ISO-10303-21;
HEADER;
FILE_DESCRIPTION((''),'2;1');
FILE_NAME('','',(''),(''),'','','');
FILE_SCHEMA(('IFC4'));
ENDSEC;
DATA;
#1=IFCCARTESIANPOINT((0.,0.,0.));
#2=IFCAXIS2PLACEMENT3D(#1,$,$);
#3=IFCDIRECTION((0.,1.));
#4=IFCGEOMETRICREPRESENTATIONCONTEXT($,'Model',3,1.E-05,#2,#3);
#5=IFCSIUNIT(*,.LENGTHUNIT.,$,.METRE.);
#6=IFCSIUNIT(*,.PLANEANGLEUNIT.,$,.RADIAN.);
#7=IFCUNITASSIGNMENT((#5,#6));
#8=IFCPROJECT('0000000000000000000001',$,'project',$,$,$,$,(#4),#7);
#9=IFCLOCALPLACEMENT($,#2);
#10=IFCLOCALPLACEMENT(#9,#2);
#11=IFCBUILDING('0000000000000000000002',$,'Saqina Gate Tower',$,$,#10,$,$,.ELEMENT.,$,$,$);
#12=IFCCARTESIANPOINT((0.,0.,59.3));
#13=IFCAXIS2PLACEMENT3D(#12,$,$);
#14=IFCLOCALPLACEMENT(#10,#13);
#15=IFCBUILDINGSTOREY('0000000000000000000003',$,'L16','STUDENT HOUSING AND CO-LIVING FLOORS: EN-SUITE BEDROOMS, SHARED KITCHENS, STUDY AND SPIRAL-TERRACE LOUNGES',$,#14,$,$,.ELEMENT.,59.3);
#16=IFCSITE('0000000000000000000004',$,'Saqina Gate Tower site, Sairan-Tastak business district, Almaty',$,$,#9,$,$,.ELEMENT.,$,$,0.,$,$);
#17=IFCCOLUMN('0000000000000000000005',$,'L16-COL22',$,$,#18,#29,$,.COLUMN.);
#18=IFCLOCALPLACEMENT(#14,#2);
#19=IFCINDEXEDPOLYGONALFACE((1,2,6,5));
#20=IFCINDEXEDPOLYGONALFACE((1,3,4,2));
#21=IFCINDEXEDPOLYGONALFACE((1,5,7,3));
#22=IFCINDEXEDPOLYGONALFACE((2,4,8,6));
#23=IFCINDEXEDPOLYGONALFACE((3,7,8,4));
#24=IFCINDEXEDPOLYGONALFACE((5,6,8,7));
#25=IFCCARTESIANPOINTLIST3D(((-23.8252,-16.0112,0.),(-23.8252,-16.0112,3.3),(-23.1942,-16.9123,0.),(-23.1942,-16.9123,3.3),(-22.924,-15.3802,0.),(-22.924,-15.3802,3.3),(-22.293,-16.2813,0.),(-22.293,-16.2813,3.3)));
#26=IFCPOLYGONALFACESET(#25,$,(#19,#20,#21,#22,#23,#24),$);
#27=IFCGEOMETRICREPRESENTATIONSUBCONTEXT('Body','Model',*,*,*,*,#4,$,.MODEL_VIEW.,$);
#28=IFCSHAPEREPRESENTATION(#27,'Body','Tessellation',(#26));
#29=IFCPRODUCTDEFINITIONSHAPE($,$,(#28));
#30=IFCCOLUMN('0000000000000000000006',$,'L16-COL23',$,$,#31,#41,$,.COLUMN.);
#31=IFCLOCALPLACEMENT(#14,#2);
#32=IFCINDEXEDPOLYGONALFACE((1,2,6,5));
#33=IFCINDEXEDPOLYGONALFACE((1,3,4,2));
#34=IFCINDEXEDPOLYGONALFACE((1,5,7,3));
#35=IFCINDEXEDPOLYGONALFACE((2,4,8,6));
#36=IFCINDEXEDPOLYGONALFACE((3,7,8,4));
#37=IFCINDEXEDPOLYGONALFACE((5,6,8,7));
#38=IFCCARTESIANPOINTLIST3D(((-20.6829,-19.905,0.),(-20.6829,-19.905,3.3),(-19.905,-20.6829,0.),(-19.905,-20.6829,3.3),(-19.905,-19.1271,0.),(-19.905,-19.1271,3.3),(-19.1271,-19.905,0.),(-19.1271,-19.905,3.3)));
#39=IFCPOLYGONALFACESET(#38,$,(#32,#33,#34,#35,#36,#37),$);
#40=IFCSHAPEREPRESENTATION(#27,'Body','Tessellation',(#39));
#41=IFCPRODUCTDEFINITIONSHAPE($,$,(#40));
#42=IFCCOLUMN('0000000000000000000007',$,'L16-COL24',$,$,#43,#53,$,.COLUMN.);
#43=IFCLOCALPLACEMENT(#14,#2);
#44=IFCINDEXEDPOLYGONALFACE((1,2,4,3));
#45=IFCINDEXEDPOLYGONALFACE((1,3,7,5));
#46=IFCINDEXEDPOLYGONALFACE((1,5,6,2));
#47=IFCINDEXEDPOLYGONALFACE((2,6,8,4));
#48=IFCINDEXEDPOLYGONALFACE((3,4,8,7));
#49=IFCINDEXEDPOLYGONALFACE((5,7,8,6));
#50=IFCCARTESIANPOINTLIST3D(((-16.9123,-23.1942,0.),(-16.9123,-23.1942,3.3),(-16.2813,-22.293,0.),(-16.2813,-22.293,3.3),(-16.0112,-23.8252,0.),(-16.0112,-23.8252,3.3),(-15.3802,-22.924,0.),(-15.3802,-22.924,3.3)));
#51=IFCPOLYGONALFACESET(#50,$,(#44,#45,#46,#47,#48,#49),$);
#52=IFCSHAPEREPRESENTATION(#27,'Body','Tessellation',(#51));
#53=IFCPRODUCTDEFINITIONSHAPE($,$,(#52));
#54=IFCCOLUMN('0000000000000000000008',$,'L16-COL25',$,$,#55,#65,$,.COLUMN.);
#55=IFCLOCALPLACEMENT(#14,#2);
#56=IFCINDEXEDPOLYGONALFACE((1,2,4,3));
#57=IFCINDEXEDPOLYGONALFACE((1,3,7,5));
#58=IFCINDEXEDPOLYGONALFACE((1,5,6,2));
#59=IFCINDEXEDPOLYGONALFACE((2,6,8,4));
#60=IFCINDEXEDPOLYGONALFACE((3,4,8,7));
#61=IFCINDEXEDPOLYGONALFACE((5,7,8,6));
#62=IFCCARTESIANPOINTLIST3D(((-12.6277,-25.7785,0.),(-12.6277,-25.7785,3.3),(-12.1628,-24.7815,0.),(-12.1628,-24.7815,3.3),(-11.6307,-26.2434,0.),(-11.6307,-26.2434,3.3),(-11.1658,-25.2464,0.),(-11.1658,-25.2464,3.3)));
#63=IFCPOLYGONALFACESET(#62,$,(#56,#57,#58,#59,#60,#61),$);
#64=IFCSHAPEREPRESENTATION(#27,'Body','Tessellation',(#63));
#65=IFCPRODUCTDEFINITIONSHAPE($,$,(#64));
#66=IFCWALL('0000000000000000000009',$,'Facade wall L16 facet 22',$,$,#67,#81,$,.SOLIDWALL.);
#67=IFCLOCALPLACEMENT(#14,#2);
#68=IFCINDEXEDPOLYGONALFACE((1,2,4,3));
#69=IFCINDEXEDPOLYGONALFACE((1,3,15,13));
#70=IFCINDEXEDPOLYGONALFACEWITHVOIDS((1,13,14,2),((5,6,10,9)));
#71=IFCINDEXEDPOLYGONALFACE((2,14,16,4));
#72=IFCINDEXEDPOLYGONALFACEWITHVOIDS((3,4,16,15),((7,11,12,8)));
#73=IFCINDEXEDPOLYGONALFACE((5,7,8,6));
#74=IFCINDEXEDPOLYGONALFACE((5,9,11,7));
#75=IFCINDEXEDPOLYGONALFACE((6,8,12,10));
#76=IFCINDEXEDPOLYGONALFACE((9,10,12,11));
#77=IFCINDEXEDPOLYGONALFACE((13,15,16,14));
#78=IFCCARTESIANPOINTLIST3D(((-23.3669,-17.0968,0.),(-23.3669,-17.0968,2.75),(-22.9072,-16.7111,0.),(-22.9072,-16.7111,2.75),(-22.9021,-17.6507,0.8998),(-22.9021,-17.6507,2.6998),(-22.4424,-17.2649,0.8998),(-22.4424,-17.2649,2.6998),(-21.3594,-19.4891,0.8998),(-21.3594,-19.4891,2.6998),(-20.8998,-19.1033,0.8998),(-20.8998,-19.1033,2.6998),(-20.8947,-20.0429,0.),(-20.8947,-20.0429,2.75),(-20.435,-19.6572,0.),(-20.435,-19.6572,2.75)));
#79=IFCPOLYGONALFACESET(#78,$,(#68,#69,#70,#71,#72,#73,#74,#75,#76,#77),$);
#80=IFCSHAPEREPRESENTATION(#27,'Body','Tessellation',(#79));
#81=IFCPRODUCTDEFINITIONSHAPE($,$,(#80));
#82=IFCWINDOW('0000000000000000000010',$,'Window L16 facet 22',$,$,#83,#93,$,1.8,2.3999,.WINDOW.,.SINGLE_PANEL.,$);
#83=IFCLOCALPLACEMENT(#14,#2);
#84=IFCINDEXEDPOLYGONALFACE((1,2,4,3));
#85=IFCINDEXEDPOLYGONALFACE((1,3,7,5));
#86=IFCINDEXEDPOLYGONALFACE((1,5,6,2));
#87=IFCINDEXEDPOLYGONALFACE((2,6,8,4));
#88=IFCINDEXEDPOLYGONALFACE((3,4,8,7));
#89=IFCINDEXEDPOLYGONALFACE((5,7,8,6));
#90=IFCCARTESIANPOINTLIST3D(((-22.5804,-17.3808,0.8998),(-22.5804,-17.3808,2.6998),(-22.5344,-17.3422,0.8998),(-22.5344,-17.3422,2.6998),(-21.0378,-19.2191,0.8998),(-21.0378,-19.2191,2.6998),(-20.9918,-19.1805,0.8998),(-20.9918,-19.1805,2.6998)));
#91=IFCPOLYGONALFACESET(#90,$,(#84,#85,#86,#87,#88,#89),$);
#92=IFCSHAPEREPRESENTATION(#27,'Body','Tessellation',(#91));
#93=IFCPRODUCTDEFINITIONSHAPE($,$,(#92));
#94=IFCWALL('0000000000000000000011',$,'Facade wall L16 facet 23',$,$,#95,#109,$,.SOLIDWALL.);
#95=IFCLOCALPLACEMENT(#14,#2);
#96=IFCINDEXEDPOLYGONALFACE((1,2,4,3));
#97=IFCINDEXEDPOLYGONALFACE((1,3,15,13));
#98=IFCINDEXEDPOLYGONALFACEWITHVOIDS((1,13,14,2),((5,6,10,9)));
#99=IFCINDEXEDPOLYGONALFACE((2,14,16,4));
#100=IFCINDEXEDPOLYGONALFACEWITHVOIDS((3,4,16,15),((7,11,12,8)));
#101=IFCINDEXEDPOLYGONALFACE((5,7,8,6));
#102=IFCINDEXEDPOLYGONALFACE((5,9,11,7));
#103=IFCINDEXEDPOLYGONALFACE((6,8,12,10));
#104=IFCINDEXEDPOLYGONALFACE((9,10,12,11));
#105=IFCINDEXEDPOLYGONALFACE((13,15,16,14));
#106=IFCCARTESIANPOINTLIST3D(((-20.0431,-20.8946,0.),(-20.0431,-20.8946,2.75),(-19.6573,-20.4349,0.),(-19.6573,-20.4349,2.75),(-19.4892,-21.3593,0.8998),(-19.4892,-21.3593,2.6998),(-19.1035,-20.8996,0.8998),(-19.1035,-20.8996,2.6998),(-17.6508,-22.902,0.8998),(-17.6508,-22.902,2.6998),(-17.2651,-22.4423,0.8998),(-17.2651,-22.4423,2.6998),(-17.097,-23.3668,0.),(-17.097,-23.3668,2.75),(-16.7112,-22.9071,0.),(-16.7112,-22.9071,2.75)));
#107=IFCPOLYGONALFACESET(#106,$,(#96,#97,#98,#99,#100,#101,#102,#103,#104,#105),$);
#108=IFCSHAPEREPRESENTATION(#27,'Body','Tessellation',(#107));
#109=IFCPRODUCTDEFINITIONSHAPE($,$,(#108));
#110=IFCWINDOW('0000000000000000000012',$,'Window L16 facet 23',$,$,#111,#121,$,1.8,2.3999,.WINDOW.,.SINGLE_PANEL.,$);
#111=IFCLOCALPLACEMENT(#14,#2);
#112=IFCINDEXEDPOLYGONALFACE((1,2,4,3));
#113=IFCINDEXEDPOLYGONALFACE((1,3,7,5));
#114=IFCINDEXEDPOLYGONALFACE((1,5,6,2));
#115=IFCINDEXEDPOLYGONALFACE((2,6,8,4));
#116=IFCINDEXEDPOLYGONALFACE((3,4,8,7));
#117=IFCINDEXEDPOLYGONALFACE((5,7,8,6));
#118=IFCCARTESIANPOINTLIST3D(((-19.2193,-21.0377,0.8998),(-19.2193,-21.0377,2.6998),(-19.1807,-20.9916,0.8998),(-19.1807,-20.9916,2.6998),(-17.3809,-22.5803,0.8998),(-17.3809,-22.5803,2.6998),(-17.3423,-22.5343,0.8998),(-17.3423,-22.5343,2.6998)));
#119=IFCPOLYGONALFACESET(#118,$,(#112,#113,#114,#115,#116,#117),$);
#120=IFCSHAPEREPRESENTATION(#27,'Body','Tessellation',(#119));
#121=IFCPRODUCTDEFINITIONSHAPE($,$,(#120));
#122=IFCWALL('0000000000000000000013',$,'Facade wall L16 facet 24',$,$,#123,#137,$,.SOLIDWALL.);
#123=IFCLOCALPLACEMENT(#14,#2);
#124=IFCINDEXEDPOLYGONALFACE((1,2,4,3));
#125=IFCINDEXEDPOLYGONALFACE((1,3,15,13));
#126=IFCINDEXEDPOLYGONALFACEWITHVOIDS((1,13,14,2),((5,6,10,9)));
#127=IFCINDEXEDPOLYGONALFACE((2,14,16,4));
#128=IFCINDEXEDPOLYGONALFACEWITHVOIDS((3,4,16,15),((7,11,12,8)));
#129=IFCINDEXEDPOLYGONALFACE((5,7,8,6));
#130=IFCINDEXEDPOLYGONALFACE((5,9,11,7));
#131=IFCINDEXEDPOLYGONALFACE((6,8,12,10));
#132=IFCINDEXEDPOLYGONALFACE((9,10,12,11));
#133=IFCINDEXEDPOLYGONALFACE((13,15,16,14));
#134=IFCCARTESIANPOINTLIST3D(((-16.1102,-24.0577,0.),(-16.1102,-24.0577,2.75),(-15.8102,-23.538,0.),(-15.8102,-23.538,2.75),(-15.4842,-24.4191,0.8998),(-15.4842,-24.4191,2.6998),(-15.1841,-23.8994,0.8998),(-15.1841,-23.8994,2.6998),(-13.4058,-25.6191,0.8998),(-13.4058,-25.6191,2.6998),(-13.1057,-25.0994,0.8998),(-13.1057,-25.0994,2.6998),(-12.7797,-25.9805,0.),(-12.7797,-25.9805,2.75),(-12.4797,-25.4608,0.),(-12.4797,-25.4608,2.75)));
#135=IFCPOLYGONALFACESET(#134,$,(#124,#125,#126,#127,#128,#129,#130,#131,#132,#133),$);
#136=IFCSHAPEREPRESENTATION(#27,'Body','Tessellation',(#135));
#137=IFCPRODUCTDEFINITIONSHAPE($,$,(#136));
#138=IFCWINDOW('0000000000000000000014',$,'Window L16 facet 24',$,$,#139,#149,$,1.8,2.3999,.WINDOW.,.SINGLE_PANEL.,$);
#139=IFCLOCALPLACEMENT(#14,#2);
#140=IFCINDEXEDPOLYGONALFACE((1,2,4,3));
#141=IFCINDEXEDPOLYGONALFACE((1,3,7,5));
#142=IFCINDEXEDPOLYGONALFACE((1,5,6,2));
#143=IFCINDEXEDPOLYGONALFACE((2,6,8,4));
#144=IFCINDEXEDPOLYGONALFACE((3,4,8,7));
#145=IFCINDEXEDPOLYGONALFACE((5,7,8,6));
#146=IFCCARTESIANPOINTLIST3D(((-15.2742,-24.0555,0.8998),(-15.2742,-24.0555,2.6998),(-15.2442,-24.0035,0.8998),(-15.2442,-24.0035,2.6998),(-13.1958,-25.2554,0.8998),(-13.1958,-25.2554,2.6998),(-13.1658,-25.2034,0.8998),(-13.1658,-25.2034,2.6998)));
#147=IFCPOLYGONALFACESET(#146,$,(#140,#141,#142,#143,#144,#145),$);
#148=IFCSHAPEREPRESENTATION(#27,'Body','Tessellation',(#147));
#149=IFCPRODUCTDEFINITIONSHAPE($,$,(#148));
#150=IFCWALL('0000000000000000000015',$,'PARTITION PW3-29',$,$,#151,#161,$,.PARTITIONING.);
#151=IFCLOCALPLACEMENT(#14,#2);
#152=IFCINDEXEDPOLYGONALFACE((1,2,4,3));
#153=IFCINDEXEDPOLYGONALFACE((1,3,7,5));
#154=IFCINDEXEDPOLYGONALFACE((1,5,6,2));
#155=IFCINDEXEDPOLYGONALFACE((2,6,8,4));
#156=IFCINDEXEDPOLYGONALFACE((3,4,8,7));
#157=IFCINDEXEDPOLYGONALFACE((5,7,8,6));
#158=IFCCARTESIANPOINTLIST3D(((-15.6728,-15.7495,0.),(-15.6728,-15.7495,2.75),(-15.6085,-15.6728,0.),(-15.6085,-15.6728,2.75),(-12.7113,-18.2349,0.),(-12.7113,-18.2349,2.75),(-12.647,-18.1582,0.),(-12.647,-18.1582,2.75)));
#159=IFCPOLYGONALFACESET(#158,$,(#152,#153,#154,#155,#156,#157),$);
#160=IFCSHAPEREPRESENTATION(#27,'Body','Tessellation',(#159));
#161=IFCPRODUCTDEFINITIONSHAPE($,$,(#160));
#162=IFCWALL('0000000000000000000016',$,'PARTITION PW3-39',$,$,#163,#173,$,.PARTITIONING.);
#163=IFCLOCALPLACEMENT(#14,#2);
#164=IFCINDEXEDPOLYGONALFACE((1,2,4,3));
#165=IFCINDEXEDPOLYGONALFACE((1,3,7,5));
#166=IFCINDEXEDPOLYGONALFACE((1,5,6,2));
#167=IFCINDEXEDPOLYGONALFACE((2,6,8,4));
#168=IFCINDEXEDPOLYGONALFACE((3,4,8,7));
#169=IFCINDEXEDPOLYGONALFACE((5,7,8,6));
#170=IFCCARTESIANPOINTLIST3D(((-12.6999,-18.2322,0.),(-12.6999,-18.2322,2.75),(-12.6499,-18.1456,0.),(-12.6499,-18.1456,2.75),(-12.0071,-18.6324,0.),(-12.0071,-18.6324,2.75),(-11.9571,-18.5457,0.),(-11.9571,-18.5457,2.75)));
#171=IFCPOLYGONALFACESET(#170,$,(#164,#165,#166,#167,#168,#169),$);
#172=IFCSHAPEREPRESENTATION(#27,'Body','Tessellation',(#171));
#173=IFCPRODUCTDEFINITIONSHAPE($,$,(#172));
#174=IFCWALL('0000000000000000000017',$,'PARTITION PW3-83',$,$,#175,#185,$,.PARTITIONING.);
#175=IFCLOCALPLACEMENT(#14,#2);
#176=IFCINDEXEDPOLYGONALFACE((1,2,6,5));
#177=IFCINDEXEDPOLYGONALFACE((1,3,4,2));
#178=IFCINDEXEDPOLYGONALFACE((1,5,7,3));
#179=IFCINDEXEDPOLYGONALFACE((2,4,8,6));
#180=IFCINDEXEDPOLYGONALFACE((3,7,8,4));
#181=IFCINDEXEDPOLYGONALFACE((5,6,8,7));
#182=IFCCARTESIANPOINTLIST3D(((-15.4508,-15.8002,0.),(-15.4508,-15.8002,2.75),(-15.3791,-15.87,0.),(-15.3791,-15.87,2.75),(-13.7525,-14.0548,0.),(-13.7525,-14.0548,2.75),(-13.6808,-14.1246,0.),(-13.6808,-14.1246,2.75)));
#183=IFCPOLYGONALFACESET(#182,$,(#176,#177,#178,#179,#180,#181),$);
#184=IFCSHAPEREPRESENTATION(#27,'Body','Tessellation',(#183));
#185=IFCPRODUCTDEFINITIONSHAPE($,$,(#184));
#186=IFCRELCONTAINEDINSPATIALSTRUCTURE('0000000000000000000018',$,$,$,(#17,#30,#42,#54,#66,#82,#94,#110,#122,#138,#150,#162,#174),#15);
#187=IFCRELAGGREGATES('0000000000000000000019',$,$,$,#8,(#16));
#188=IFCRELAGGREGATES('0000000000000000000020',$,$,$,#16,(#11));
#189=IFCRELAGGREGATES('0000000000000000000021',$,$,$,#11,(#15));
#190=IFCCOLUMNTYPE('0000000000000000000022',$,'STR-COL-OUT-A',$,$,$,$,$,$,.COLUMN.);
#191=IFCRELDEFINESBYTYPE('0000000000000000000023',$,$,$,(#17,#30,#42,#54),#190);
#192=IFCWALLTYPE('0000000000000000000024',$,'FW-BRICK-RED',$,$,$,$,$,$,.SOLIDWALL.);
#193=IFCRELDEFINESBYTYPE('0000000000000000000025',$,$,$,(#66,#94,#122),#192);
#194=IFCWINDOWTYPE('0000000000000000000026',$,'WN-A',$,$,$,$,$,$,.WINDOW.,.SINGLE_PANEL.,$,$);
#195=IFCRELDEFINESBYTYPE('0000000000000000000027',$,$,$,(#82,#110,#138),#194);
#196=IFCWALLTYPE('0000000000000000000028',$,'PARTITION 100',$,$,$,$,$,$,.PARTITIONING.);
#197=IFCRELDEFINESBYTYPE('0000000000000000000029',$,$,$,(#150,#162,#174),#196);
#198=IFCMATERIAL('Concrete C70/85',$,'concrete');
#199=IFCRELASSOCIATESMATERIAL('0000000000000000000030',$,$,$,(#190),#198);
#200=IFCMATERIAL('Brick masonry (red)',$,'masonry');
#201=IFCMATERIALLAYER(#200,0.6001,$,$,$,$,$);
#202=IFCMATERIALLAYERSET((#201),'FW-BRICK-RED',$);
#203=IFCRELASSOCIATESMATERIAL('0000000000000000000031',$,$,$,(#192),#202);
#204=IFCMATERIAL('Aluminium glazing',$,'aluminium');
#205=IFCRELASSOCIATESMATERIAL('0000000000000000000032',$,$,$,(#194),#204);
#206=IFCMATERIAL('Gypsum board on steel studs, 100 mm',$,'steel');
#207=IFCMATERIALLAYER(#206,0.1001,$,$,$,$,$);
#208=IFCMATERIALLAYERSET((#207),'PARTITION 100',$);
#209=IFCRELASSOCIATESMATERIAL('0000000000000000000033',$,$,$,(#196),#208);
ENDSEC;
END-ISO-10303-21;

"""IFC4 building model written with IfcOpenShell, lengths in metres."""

from ifc_helpers import new_model, si_unit, direction, frame, frame_2d, origin, origin_2d, place, context, subcontext, project, spatial, rectangle, extrude, material, layer, layer_set, material_profile, profile_set, type_object, element, fill, save


model = new_model("IFC4")

# Units and contexts
model_context = context("Model", 3, precision=1e-05, world=origin(), true_north=direction((0.0, 1.0)))
body_context = subcontext(model_context, "Body", "Model", "MODEL_VIEW")
ifc_project = project(units=[si_unit("LENGTHUNIT", "METRE"), si_unit("PLANEANGLEUNIT", "RADIAN")], contexts=[model_context])

# Site, building, storey
site_placement = place(None, origin())
site = spatial("IfcSite", under=ifc_project, at=site_placement, Name="Saqina Gate Tower site, Sairan-Tastak business district, Almaty", CompositionType="ELEMENT", RefElevation=0.0)
building_placement = place(site_placement, origin())
building = spatial("IfcBuilding", under=site, at=building_placement, Name="Saqina Gate Tower", CompositionType="ELEMENT")
storey_placement = place(building_placement, frame((0.0, 0.0, 59.3)))
storey = spatial("IfcBuildingStorey", under=building, at=storey_placement, Name="L16", Description="STUDENT HOUSING AND CO-LIVING FLOORS: EN-SUITE BEDROOMS, SHARED KITCHENS, STUDY AND SPIRAL-TERRACE LOUNGES", CompositionType="ELEMENT", Elevation=59.3)

# Columns
ifc_material_1 = material(Name="Concrete C70/85", Category="concrete")
ifc_material_profile = material_profile(ifc_material_1, rectangle(XDim=1.1001, YDim=1.1001, at=origin_2d()), Name="RC 1100x1100")
ifc_profile_set = profile_set([ifc_material_profile], Name="Concrete C70/85")
column_type = type_object("IfcColumnType", Name="STR-COL-OUT-A", PredefinedType="COLUMN", material=ifc_profile_set)
for number, where, z_axis, x_axis, name in (
    (1, (-23.0591, -16.1462, 0.0), (0.0, 0.0, 1.0), (-0.819152, -0.573576, 0.0), "L16-COL22"),
    (2, (-19.905, -19.905, 0.0), (0.0, 0.0, 1.0), (-0.707107, -0.707107, 0.0), "L16-COL23"),
    (3, (-16.1462, -23.0591, 0.0), (0.0, 0.0, 1.0), (-0.573576, -0.819152, 0.0), "L16-COL24"),
    (4, (-11.8967, -25.5125, 0.0), (0.0, 0.0, 1.0), (-0.422618, -0.906308, 0.0), "L16-COL25"),
):
    element("IfcColumn", number, at=place(storey_placement, frame(where, z_axis=z_axis, x_axis=x_axis)), inside=storey, type_object=column_type, Name=name, PredefinedType="COLUMN", context=body_context, shape_type="SweptSolid", body=[
        extrude(rectangle(XDim=1.1001, YDim=1.1001, at=origin_2d()), origin(), (0.0, 0.0, 1.0), 3.3),
    ])

# Walls, openings, windows
ifc_material_2 = material(Name="Brick masonry (red)", Category="masonry")
ifc_layer_1 = layer(ifc_material_2, 0.6001)
ifc_layer_set_1 = layer_set([ifc_layer_1], Name="FW-BRICK-RED")
wall_type_1 = type_object("IfcWallType", Name="FW-BRICK-RED", PredefinedType="SOLIDWALL", material=ifc_layer_set_1)
wall_1_placement = place(storey_placement, frame((-23.137, -16.9041, 0.0), z_axis=(0.0, 0.0, 1.0), x_axis=(0.642809, -0.766026, 0.0)))
wall_1 = element("IfcWall", 5, at=wall_1_placement, inside=storey, type_object=wall_type_1, Name="Facade wall L16 facet 22", PredefinedType="SOLIDWALL", context=body_context, shape_type="SweptSolid", body=[
    extrude(rectangle(XDim=3.8459, YDim=0.6001, at=frame_2d((1.9229, 0.0))), origin(), (0.0, 0.0, 1.0), 2.75),
])
opening_1_placement = place(wall_1_placement, frame((0.7229, 0.0, 0.8999)))
opening_1 = element("IfcOpeningElement", 6, at=opening_1_placement, cuts=wall_1, PredefinedType="OPENING", context=body_context, shape_type="SweptSolid", body=[
    extrude(rectangle(XDim=2.3999, YDim=1.8, at=frame_2d((1.2, 0.8999))), frame((0.0, 0.312, 0.0), z_axis=(0.0, -1.0, 0.0), x_axis=(1.0, 0.0, 0.0)), (0.0, 0.0, 1.0), 0.624),
])
ifc_material_3 = material(Name="Aluminium glazing", Category="aluminium")
window_type = type_object("IfcWindowType", Name="WN-A", PartitioningType="SINGLE_PANEL", PredefinedType="WINDOW", material=ifc_material_3)
window_1_placement = place(opening_1_placement, origin())
window_1 = element("IfcWindow", 7, at=window_1_placement, inside=storey, type_object=window_type, Name="Window L16 facet 22", OverallHeight=1.8, OverallWidth=2.3999, PartitioningType="SINGLE_PANEL", PredefinedType="WINDOW", context=body_context, shape_type="SweptSolid", body=[
    extrude(rectangle(XDim=2.3999, YDim=1.8, at=frame_2d((1.2, 0.8999))), frame((0.0, 0.1799, 0.0), z_axis=(0.0, -1.0, 0.0), x_axis=(1.0, 0.0, 0.0)), (0.0, 0.0, 1.0), 0.0601),
])
fill(opening_1, window_1)
wall_2_placement = place(storey_placement, frame((-19.8501, -20.6648, 0.0), z_axis=(0.0, 0.0, 1.0), x_axis=(0.766026, -0.642809, 0.0)))
wall_2 = element("IfcWall", 8, at=wall_2_placement, inside=storey, type_object=wall_type_1, Name="Facade wall L16 facet 23", PredefinedType="SOLIDWALL", context=body_context, shape_type="SweptSolid", body=[
    extrude(rectangle(XDim=3.8459, YDim=0.6001, at=frame_2d((1.9229, 0.0))), origin(), (0.0, 0.0, 1.0), 2.75),
])
opening_2_placement = place(wall_2_placement, frame((0.7229, 0.0, 0.8999)))
opening_2 = element("IfcOpeningElement", 9, at=opening_2_placement, cuts=wall_2, PredefinedType="OPENING", context=body_context, shape_type="SweptSolid", body=[
    extrude(rectangle(XDim=2.3999, YDim=1.8, at=frame_2d((1.2, 0.8999))), frame((0.0, 0.312, 0.0), z_axis=(0.0, -1.0, 0.0), x_axis=(1.0, 0.0, 0.0)), (0.0, 0.0, 1.0), 0.624),
])
window_2_placement = place(opening_2_placement, origin())
window_2 = element("IfcWindow", 10, at=window_2_placement, inside=storey, type_object=window_type, Name="Window L16 facet 23", OverallHeight=1.8, OverallWidth=2.3999, PartitioningType="SINGLE_PANEL", PredefinedType="WINDOW", context=body_context, shape_type="SweptSolid", body=[
    extrude(rectangle(XDim=2.3999, YDim=1.8, at=frame_2d((1.2, 0.8999))), frame((0.0, 0.1799, 0.0), z_axis=(0.0, -1.0, 0.0), x_axis=(1.0, 0.0, 0.0)), (0.0, 0.0, 1.0), 0.0601),
])
fill(opening_2, window_2)
wall_3_placement = place(storey_placement, frame((-15.9602, -23.7979, 0.0), z_axis=(0.0, 0.0, 1.0), x_axis=(0.866031, -0.49999, 0.0)))
wall_3 = element("IfcWall", 11, at=wall_3_placement, inside=storey, type_object=wall_type_1, Name="Facade wall L16 facet 24", PredefinedType="SOLIDWALL", context=body_context, shape_type="SweptSolid", body=[
    extrude(rectangle(XDim=3.8457, YDim=0.6001, at=frame_2d((1.9229, 0.0))), origin(), (0.0, 0.0, 1.0), 2.75),
])
opening_3_placement = place(wall_3_placement, frame((0.7229, 0.0, 0.8999)))
opening_3 = element("IfcOpeningElement", 12, at=opening_3_placement, cuts=wall_3, PredefinedType="OPENING", context=body_context, shape_type="SweptSolid", body=[
    extrude(rectangle(XDim=2.3999, YDim=1.8, at=frame_2d((1.2, 0.8999))), frame((0.0, 0.312, 0.0), z_axis=(0.0, -1.0, 0.0), x_axis=(1.0, 0.0, 0.0)), (0.0, 0.0, 1.0), 0.624),
])
window_3_placement = place(opening_3_placement, origin())
window_3 = element("IfcWindow", 13, at=window_3_placement, inside=storey, type_object=window_type, Name="Window L16 facet 24", OverallHeight=1.8, OverallWidth=2.3999, PartitioningType="SINGLE_PANEL", PredefinedType="WINDOW", context=body_context, shape_type="SweptSolid", body=[
    extrude(rectangle(XDim=2.3999, YDim=1.8, at=frame_2d((1.2, 0.8999))), frame((0.0, 0.1799, 0.0), z_axis=(0.0, -1.0, 0.0), x_axis=(1.0, 0.0, 0.0)), (0.0, 0.0, 1.0), 0.0601),
])
fill(opening_3, window_3)

# Walls
ifc_material_4 = material(Name="Gypsum board on steel studs, 100 mm", Category="steel")
ifc_layer_2 = layer(ifc_material_4, 0.1001)
ifc_layer_set_2 = layer_set([ifc_layer_2], Name="PARTITION 100")
wall_type_2 = type_object("IfcWallType", Name="PARTITION 100", PredefinedType="PARTITIONING", material=ifc_layer_set_2)
wall_4_placement = place(storey_placement, frame((-15.6406, -15.7112, 0.0), z_axis=(0.0, 0.0, 1.0), x_axis=(0.765991, -0.642851, 0.0)))
element("IfcWall", 14, at=wall_4_placement, inside=storey, type_object=wall_type_2, Name="PARTITION PW3-29", PredefinedType="PARTITIONING", context=body_context, shape_type="SweptSolid", body=[
    extrude(rectangle(XDim=3.8662, YDim=0.1001, at=frame_2d((1.9331, 0.0))), origin(), (0.0, 0.0, 1.0), 2.75),
])
wall_5_placement = place(storey_placement, frame((-12.6748, -18.189, 0.0), z_axis=(0.0, 0.0, 1.0), x_axis=(0.865962, -0.50011, 0.0)))
element("IfcWall", 15, at=wall_5_placement, inside=storey, type_object=wall_type_2, Name="PARTITION PW3-39", PredefinedType="PARTITIONING", context=body_context, shape_type="SweptSolid", body=[
    extrude(rectangle(XDim=0.8, YDim=0.1001, at=frame_2d((0.3999, 0.0))), origin(), (0.0, 0.0, 1.0), 2.75),
])
wall_6_placement = place(storey_placement, frame((-15.415, -15.8352, 0.0), z_axis=(0.0, 0.0, 1.0), x_axis=(0.697366, 0.716715, 0.0)))
element("IfcWall", 16, at=wall_6_placement, inside=storey, type_object=wall_type_2, Name="PARTITION PW3-83", PredefinedType="PARTITIONING", context=body_context, shape_type="SweptSolid", body=[
    extrude(rectangle(XDim=2.4353, YDim=0.1001, at=frame_2d((1.2178, 0.0))), origin(), (0.0, 0.0, 1.0), 2.75),
])

save(model, "model.ifc")
